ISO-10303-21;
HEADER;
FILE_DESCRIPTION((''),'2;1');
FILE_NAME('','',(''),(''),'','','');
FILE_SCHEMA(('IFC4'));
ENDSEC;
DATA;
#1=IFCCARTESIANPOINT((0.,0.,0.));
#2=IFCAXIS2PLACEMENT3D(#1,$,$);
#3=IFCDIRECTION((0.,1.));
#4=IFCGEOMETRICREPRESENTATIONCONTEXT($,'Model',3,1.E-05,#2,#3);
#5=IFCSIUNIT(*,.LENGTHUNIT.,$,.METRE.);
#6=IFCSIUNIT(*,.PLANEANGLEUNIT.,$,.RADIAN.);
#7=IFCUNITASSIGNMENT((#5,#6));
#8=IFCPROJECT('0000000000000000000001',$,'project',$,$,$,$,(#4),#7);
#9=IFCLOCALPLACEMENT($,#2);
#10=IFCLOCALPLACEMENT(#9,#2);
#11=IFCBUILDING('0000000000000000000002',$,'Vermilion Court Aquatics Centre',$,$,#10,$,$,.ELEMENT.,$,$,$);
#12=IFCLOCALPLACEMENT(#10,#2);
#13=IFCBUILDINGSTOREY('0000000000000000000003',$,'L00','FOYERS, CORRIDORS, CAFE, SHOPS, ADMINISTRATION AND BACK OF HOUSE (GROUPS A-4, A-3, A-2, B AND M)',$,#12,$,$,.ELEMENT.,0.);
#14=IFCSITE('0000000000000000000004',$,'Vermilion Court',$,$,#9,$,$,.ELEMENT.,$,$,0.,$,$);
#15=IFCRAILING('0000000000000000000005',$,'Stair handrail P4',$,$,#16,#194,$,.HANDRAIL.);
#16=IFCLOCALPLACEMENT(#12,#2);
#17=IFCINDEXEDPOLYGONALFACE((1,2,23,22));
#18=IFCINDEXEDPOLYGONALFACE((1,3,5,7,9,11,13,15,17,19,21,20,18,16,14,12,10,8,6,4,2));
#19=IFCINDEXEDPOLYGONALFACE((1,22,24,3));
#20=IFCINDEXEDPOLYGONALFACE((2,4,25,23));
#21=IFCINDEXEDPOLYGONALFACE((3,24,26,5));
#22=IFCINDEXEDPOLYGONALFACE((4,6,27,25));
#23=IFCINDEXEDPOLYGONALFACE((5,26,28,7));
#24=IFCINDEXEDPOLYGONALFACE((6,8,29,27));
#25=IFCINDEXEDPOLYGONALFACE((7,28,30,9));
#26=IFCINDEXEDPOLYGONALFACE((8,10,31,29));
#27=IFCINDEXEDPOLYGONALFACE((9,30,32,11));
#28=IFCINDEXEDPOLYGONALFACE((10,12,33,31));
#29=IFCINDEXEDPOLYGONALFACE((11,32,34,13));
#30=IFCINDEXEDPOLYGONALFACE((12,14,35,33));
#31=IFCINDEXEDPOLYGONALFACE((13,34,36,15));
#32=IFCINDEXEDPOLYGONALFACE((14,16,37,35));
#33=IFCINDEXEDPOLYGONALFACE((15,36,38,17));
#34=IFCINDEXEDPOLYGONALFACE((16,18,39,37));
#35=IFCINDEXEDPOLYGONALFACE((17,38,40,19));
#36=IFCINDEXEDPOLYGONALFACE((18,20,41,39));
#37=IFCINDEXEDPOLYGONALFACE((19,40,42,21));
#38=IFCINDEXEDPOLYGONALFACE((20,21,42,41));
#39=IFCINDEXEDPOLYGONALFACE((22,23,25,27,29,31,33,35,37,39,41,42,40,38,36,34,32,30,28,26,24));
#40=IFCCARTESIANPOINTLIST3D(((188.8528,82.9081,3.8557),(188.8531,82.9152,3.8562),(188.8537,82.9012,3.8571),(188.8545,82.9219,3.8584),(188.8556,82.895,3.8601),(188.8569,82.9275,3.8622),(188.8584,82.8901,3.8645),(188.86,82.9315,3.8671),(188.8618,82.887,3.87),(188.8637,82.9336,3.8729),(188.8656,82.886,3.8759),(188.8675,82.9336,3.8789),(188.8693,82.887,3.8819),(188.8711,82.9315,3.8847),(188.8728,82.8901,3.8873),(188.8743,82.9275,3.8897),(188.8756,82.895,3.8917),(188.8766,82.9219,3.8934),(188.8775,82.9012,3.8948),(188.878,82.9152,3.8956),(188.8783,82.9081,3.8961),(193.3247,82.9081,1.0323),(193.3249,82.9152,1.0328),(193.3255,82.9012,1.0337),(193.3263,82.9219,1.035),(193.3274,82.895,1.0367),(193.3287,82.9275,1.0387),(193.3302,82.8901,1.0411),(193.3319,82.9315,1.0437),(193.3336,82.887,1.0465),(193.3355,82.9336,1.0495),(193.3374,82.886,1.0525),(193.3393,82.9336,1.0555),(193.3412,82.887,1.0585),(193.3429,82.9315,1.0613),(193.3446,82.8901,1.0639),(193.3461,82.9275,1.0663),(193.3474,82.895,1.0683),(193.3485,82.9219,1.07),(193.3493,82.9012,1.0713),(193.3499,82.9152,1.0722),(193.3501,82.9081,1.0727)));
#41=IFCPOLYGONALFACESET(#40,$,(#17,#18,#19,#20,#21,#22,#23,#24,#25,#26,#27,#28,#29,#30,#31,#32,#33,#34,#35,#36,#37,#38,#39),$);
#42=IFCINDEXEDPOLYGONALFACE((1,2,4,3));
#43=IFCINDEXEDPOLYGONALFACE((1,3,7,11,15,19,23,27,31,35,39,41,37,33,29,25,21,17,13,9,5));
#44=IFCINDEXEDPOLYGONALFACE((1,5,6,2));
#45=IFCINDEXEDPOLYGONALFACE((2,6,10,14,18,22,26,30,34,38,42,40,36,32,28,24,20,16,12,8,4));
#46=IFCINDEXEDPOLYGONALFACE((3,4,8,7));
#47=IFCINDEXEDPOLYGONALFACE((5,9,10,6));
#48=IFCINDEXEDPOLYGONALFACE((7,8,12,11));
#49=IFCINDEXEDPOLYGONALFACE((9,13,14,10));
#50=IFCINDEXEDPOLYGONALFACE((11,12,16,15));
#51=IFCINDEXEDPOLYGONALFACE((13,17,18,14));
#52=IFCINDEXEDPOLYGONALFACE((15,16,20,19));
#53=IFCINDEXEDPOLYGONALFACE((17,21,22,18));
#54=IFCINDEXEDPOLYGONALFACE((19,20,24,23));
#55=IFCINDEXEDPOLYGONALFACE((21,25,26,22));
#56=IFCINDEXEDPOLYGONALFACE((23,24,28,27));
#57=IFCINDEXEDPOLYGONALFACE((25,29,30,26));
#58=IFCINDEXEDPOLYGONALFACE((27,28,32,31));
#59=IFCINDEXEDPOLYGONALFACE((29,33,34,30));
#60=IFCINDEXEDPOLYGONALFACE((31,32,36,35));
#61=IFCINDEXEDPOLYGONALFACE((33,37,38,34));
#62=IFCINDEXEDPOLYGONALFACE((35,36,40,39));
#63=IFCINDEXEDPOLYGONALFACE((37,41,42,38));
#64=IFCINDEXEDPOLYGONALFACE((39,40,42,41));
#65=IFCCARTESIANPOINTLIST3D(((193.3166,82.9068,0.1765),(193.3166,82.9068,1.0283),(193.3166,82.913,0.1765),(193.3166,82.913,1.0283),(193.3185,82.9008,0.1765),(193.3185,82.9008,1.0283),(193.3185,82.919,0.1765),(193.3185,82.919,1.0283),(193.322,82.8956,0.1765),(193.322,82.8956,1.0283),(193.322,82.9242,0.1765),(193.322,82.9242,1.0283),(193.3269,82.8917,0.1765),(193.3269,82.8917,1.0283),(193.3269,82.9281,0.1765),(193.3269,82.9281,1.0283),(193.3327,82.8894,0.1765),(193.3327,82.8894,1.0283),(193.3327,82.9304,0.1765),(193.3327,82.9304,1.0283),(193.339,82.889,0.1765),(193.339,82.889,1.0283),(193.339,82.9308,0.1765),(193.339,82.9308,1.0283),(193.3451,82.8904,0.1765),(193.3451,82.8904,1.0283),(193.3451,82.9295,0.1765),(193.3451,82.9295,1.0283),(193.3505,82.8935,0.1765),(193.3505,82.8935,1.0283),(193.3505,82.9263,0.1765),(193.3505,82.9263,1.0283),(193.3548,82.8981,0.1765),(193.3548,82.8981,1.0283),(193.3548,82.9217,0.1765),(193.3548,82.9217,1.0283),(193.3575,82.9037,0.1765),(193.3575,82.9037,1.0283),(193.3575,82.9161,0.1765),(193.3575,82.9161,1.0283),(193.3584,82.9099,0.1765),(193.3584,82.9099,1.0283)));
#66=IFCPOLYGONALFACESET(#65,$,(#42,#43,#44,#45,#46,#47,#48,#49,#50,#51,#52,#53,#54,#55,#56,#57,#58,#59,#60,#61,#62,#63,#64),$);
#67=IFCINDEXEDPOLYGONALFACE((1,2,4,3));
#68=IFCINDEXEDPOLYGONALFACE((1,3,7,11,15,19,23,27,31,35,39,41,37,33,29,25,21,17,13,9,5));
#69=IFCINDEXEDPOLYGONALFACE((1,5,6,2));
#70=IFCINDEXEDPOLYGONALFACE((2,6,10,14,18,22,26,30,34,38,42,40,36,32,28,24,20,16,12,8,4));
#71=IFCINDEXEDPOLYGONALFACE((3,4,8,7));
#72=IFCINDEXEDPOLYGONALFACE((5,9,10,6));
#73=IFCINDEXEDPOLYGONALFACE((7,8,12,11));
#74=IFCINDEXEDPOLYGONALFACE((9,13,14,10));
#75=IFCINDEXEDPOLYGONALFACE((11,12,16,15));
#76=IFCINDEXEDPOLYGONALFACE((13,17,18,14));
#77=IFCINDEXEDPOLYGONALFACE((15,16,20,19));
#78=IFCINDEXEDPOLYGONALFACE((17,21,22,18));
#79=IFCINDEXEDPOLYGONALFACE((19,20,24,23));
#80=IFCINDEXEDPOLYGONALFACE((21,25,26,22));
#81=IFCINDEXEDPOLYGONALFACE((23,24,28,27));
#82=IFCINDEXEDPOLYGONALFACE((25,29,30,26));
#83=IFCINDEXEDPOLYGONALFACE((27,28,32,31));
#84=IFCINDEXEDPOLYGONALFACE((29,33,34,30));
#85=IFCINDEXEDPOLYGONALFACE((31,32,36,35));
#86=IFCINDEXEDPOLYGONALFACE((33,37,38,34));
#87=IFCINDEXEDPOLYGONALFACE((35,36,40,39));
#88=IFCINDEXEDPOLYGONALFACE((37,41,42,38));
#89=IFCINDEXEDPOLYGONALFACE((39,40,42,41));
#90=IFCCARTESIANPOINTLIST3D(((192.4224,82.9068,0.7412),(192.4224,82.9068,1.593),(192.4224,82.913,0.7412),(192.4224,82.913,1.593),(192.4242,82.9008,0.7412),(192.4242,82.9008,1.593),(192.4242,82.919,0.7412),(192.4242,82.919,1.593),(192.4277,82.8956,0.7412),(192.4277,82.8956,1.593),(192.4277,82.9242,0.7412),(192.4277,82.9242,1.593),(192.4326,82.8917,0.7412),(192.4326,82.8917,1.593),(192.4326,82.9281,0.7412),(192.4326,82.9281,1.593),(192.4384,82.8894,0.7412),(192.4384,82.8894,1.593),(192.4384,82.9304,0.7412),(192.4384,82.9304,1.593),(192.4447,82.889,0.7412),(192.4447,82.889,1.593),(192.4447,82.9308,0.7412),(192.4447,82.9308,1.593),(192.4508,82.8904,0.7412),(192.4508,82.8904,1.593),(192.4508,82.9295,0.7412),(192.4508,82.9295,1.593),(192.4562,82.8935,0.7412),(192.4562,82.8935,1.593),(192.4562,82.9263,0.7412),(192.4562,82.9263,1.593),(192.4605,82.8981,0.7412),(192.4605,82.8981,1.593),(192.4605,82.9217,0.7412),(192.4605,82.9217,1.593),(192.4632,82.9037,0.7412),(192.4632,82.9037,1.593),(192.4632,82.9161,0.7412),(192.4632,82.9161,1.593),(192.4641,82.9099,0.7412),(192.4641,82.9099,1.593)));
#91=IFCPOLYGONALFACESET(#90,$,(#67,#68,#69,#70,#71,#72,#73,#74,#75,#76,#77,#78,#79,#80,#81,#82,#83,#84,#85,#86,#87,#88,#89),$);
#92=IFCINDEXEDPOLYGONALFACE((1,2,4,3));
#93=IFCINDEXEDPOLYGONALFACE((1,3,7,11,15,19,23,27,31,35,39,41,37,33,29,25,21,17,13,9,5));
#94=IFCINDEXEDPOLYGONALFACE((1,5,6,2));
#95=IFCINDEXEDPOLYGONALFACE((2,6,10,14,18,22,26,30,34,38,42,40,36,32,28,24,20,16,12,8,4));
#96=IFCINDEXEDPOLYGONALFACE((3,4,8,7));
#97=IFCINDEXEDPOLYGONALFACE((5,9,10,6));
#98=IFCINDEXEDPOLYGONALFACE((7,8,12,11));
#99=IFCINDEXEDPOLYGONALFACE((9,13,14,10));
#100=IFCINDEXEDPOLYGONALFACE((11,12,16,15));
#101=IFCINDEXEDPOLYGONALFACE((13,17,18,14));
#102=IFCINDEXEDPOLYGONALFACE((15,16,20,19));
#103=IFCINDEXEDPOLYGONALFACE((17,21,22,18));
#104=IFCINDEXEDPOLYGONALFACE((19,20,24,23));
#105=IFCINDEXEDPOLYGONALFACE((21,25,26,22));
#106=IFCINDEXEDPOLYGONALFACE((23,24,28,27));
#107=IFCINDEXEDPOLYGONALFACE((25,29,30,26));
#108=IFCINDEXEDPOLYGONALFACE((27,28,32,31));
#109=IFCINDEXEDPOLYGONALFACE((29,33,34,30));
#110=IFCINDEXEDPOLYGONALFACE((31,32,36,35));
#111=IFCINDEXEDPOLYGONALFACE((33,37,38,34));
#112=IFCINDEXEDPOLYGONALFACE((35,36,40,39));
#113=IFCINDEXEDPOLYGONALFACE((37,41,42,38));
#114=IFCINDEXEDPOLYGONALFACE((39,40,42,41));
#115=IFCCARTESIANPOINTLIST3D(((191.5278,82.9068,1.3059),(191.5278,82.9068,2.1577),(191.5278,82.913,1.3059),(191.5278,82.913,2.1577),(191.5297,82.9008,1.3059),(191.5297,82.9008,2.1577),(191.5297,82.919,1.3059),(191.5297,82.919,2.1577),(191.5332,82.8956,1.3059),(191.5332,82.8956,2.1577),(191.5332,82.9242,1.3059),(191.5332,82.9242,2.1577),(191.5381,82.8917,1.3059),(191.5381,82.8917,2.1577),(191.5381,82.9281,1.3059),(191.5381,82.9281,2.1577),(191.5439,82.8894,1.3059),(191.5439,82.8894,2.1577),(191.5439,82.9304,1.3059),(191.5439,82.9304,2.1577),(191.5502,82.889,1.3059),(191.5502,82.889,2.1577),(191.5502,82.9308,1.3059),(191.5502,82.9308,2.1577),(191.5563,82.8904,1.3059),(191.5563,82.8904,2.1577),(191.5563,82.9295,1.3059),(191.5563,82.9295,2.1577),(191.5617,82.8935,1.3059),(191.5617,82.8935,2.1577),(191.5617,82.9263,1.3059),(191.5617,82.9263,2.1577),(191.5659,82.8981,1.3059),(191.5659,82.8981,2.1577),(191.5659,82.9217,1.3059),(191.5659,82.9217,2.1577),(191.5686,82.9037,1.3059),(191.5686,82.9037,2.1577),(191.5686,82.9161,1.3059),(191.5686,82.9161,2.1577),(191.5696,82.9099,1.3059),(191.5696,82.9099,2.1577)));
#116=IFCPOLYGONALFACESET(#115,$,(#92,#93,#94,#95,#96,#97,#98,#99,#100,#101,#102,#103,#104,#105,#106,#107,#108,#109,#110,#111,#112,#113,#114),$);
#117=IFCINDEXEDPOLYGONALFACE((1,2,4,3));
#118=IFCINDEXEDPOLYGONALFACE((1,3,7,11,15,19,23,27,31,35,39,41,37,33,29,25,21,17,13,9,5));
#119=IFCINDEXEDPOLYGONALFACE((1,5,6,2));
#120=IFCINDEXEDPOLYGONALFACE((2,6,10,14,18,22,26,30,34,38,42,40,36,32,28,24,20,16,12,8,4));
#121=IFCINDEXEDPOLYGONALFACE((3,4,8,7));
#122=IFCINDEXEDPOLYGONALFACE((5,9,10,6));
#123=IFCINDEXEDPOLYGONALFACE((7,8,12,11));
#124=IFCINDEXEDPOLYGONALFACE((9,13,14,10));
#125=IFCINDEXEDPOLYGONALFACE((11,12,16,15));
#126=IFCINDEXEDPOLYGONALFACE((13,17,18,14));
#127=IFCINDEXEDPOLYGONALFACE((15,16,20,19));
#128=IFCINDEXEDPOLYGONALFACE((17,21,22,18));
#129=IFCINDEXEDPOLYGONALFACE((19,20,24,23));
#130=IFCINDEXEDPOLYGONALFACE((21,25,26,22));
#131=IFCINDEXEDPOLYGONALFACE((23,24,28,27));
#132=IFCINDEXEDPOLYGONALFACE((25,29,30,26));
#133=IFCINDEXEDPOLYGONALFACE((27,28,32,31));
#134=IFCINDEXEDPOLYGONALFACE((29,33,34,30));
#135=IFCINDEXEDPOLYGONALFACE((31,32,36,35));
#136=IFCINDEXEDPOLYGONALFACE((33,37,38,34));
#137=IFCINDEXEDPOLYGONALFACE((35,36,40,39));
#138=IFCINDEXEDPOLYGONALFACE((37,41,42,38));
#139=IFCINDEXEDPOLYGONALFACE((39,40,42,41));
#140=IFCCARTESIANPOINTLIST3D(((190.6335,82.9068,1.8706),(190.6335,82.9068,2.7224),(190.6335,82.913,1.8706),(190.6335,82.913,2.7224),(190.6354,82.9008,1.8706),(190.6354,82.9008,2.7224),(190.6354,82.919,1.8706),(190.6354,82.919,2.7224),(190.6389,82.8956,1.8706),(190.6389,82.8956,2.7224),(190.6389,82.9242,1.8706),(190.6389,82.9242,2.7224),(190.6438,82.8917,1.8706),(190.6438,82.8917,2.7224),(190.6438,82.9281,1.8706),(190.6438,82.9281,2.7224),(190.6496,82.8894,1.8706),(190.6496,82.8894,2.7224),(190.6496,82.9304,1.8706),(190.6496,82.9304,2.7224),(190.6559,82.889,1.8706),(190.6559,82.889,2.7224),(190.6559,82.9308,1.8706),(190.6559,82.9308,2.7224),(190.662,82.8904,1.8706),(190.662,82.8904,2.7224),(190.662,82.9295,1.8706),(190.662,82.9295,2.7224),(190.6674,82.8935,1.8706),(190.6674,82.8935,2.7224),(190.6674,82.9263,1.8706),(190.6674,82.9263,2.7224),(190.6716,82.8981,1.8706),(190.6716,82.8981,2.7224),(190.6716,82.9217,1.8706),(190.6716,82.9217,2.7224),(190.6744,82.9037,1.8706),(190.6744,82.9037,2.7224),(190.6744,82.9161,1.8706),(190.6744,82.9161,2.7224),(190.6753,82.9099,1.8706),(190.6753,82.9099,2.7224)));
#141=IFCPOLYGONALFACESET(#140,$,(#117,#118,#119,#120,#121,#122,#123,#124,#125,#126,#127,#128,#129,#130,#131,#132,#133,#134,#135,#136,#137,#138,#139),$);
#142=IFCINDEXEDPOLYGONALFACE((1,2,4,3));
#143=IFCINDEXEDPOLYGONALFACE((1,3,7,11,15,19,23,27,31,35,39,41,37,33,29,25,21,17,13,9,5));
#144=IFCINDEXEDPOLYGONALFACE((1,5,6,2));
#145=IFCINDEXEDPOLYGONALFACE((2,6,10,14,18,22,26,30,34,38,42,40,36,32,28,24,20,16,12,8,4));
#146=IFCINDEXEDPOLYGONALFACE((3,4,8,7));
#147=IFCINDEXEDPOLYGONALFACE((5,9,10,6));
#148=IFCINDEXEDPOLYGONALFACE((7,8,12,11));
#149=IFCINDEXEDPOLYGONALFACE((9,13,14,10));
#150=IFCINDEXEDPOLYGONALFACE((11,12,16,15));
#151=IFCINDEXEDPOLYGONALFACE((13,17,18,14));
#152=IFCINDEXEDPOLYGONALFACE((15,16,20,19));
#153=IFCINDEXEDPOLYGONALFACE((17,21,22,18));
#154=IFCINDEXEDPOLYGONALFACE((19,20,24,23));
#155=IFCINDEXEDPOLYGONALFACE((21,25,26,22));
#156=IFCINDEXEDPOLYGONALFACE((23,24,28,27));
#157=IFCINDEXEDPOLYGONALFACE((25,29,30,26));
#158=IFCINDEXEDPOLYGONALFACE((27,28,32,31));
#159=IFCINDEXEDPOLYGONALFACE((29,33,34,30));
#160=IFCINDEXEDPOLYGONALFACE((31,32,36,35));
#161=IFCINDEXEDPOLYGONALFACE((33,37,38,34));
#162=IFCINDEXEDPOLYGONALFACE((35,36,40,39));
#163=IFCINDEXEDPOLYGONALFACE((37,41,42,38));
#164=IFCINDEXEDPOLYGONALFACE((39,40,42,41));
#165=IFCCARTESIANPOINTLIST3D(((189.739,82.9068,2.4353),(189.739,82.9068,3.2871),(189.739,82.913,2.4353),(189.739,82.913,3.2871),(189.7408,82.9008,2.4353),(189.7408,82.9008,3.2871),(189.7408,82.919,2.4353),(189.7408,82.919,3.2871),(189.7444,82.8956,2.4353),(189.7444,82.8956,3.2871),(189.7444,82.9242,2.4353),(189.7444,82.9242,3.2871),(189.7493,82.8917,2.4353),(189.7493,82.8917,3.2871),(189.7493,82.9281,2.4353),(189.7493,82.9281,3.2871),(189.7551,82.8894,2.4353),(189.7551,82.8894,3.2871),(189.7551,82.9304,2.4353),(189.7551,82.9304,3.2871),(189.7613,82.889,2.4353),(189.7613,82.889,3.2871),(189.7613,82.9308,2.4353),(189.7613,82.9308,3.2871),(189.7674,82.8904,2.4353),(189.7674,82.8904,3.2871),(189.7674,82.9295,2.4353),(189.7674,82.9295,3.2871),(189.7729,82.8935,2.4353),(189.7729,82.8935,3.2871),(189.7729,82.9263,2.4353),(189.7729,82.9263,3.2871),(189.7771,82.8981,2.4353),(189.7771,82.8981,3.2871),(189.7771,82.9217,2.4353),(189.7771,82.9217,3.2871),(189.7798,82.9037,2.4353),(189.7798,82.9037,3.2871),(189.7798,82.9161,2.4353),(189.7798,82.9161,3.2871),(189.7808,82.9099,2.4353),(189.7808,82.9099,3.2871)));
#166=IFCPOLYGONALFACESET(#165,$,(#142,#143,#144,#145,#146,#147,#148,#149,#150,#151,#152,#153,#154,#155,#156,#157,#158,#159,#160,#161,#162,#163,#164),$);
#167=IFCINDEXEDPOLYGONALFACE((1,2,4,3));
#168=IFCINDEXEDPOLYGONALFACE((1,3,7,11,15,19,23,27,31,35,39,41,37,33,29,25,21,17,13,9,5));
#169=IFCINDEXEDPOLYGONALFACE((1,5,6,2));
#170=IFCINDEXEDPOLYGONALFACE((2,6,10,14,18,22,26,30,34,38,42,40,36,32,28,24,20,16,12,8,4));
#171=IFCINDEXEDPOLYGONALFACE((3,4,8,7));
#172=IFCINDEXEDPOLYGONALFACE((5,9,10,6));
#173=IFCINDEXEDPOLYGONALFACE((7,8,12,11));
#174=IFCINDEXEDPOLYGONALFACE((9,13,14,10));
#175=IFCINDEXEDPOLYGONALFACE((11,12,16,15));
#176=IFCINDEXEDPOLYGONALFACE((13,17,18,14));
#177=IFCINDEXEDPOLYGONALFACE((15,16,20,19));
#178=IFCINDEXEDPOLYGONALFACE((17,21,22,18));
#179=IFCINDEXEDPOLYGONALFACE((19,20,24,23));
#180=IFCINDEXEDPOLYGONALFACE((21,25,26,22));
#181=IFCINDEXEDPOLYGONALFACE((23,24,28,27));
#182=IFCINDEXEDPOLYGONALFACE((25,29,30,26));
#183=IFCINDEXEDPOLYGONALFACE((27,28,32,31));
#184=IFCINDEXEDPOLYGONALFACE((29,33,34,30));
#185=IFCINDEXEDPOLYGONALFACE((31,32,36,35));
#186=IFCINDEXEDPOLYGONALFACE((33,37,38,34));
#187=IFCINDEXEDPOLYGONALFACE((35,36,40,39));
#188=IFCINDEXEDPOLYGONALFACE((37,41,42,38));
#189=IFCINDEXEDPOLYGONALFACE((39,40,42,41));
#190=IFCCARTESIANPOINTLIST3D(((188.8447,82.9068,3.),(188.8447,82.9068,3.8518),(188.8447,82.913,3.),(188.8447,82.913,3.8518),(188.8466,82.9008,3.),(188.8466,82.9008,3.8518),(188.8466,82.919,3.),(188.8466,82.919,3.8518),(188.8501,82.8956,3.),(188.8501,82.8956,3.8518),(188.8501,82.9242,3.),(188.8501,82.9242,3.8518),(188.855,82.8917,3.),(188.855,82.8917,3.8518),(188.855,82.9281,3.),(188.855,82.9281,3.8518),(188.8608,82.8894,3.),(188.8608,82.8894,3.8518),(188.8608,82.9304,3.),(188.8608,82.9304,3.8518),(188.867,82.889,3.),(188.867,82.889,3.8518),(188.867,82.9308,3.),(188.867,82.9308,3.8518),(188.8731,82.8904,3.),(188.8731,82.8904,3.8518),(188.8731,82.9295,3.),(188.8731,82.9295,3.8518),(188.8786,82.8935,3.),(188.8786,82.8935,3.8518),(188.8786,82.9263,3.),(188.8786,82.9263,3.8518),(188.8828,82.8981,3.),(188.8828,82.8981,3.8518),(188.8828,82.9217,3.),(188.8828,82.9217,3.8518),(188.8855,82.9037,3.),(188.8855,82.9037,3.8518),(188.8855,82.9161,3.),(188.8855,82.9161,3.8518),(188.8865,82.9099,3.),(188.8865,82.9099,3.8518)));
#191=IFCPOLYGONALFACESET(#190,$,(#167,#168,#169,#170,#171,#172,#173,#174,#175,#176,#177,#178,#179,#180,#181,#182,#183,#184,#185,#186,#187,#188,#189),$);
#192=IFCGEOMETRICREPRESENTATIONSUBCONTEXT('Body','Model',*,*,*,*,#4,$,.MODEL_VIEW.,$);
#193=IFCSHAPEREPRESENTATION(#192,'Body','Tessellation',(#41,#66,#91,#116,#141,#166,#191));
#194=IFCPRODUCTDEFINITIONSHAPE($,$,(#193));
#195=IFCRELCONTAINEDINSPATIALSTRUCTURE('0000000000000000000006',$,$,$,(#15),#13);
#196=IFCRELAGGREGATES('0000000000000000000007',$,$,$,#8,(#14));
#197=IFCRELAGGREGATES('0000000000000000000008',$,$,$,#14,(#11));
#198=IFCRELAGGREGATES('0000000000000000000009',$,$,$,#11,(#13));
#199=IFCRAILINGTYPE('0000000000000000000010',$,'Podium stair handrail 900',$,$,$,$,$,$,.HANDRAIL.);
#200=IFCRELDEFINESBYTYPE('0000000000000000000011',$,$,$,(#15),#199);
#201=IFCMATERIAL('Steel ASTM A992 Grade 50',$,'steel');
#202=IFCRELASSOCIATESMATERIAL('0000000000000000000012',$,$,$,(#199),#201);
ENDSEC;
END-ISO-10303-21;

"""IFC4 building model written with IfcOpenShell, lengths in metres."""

from ifc_helpers import new_model, si_unit, direction, frame, origin, origin_2d, place, context, subcontext, project, spatial, circle, extrude, material, type_object, element, save


model = new_model("IFC4")

# Units and contexts
model_context = context("Model", 3, precision=1e-05, world=origin(), true_north=direction((0.0, 1.0)))
body_context = subcontext(model_context, "Body", "Model", "MODEL_VIEW")
ifc_project = project(units=[si_unit("LENGTHUNIT", "METRE"), si_unit("PLANEANGLEUNIT", "RADIAN")], contexts=[model_context])

# Site, building, storey
site_placement = place(None, origin())
site = spatial("IfcSite", under=ifc_project, at=site_placement, Name="Vermilion Court", CompositionType="ELEMENT", RefElevation=0.0)
building_placement = place(site_placement, origin())
building = spatial("IfcBuilding", under=site, at=building_placement, Name="Vermilion Court Aquatics Centre", CompositionType="ELEMENT")
storey_placement = place(building_placement, origin())
storey = spatial("IfcBuildingStorey", under=building, at=storey_placement, Name="L00", Description="FOYERS, CORRIDORS, CAFE, SHOPS, ADMINISTRATION AND BACK OF HOUSE (GROUPS A-4, A-3, A-2, B AND M)", CompositionType="ELEMENT", Elevation=0.0)

# Railing
ifc_material_1 = material(Name="Steel ASTM A992 Grade 50", Category="steel")
railing_type_1 = type_object("IfcRailingType", Name="Podium stair handrail 900", PredefinedType="HANDRAIL", material=ifc_material_1)
railing_1_placement = place(storey_placement, frame((193.3374, 82.9099, 0.1765)))
element("IfcRailing", 1, at=railing_1_placement, inside=storey, type_object=railing_type_1, Name="Stair handrail P4", PredefinedType="HANDRAIL", context=body_context, shape_type="SweptSolid", body=[
    extrude(circle(Radius=0.0239, at=origin_2d()), frame((0.0, 0.0, 0.876), z_axis=(-0.845565, 0.0, 0.533873), x_axis=(0.0, -1.0, 0.0)), (0.0, 0.0, 1.0), 5.2886),
    extrude(circle(Radius=0.021, at=origin_2d()), origin(), (0.0, 0.0, 1.0), 0.8518),
    extrude(circle(Radius=0.021, at=origin_2d()), frame((-0.8943, 0.0, 0.5647)), (0.0, 0.0, 1.0), 0.8518),
    extrude(circle(Radius=0.021, at=origin_2d()), frame((-1.7888, 0.0, 1.1294)), (0.0, 0.0, 1.0), 0.8518),
    extrude(circle(Radius=0.021, at=origin_2d()), frame((-2.6831, 0.0, 1.6941)), (0.0, 0.0, 1.0), 0.8518),
    extrude(circle(Radius=0.021, at=origin_2d()), frame((-3.5776, 0.0, 2.2588)), (0.0, 0.0, 1.0), 0.8518),
    extrude(circle(Radius=0.021, at=origin_2d()), frame((-4.4719, 0.0, 2.8235)), (0.0, 0.0, 1.0), 0.8518),
])

save(model, "model.ifc")
